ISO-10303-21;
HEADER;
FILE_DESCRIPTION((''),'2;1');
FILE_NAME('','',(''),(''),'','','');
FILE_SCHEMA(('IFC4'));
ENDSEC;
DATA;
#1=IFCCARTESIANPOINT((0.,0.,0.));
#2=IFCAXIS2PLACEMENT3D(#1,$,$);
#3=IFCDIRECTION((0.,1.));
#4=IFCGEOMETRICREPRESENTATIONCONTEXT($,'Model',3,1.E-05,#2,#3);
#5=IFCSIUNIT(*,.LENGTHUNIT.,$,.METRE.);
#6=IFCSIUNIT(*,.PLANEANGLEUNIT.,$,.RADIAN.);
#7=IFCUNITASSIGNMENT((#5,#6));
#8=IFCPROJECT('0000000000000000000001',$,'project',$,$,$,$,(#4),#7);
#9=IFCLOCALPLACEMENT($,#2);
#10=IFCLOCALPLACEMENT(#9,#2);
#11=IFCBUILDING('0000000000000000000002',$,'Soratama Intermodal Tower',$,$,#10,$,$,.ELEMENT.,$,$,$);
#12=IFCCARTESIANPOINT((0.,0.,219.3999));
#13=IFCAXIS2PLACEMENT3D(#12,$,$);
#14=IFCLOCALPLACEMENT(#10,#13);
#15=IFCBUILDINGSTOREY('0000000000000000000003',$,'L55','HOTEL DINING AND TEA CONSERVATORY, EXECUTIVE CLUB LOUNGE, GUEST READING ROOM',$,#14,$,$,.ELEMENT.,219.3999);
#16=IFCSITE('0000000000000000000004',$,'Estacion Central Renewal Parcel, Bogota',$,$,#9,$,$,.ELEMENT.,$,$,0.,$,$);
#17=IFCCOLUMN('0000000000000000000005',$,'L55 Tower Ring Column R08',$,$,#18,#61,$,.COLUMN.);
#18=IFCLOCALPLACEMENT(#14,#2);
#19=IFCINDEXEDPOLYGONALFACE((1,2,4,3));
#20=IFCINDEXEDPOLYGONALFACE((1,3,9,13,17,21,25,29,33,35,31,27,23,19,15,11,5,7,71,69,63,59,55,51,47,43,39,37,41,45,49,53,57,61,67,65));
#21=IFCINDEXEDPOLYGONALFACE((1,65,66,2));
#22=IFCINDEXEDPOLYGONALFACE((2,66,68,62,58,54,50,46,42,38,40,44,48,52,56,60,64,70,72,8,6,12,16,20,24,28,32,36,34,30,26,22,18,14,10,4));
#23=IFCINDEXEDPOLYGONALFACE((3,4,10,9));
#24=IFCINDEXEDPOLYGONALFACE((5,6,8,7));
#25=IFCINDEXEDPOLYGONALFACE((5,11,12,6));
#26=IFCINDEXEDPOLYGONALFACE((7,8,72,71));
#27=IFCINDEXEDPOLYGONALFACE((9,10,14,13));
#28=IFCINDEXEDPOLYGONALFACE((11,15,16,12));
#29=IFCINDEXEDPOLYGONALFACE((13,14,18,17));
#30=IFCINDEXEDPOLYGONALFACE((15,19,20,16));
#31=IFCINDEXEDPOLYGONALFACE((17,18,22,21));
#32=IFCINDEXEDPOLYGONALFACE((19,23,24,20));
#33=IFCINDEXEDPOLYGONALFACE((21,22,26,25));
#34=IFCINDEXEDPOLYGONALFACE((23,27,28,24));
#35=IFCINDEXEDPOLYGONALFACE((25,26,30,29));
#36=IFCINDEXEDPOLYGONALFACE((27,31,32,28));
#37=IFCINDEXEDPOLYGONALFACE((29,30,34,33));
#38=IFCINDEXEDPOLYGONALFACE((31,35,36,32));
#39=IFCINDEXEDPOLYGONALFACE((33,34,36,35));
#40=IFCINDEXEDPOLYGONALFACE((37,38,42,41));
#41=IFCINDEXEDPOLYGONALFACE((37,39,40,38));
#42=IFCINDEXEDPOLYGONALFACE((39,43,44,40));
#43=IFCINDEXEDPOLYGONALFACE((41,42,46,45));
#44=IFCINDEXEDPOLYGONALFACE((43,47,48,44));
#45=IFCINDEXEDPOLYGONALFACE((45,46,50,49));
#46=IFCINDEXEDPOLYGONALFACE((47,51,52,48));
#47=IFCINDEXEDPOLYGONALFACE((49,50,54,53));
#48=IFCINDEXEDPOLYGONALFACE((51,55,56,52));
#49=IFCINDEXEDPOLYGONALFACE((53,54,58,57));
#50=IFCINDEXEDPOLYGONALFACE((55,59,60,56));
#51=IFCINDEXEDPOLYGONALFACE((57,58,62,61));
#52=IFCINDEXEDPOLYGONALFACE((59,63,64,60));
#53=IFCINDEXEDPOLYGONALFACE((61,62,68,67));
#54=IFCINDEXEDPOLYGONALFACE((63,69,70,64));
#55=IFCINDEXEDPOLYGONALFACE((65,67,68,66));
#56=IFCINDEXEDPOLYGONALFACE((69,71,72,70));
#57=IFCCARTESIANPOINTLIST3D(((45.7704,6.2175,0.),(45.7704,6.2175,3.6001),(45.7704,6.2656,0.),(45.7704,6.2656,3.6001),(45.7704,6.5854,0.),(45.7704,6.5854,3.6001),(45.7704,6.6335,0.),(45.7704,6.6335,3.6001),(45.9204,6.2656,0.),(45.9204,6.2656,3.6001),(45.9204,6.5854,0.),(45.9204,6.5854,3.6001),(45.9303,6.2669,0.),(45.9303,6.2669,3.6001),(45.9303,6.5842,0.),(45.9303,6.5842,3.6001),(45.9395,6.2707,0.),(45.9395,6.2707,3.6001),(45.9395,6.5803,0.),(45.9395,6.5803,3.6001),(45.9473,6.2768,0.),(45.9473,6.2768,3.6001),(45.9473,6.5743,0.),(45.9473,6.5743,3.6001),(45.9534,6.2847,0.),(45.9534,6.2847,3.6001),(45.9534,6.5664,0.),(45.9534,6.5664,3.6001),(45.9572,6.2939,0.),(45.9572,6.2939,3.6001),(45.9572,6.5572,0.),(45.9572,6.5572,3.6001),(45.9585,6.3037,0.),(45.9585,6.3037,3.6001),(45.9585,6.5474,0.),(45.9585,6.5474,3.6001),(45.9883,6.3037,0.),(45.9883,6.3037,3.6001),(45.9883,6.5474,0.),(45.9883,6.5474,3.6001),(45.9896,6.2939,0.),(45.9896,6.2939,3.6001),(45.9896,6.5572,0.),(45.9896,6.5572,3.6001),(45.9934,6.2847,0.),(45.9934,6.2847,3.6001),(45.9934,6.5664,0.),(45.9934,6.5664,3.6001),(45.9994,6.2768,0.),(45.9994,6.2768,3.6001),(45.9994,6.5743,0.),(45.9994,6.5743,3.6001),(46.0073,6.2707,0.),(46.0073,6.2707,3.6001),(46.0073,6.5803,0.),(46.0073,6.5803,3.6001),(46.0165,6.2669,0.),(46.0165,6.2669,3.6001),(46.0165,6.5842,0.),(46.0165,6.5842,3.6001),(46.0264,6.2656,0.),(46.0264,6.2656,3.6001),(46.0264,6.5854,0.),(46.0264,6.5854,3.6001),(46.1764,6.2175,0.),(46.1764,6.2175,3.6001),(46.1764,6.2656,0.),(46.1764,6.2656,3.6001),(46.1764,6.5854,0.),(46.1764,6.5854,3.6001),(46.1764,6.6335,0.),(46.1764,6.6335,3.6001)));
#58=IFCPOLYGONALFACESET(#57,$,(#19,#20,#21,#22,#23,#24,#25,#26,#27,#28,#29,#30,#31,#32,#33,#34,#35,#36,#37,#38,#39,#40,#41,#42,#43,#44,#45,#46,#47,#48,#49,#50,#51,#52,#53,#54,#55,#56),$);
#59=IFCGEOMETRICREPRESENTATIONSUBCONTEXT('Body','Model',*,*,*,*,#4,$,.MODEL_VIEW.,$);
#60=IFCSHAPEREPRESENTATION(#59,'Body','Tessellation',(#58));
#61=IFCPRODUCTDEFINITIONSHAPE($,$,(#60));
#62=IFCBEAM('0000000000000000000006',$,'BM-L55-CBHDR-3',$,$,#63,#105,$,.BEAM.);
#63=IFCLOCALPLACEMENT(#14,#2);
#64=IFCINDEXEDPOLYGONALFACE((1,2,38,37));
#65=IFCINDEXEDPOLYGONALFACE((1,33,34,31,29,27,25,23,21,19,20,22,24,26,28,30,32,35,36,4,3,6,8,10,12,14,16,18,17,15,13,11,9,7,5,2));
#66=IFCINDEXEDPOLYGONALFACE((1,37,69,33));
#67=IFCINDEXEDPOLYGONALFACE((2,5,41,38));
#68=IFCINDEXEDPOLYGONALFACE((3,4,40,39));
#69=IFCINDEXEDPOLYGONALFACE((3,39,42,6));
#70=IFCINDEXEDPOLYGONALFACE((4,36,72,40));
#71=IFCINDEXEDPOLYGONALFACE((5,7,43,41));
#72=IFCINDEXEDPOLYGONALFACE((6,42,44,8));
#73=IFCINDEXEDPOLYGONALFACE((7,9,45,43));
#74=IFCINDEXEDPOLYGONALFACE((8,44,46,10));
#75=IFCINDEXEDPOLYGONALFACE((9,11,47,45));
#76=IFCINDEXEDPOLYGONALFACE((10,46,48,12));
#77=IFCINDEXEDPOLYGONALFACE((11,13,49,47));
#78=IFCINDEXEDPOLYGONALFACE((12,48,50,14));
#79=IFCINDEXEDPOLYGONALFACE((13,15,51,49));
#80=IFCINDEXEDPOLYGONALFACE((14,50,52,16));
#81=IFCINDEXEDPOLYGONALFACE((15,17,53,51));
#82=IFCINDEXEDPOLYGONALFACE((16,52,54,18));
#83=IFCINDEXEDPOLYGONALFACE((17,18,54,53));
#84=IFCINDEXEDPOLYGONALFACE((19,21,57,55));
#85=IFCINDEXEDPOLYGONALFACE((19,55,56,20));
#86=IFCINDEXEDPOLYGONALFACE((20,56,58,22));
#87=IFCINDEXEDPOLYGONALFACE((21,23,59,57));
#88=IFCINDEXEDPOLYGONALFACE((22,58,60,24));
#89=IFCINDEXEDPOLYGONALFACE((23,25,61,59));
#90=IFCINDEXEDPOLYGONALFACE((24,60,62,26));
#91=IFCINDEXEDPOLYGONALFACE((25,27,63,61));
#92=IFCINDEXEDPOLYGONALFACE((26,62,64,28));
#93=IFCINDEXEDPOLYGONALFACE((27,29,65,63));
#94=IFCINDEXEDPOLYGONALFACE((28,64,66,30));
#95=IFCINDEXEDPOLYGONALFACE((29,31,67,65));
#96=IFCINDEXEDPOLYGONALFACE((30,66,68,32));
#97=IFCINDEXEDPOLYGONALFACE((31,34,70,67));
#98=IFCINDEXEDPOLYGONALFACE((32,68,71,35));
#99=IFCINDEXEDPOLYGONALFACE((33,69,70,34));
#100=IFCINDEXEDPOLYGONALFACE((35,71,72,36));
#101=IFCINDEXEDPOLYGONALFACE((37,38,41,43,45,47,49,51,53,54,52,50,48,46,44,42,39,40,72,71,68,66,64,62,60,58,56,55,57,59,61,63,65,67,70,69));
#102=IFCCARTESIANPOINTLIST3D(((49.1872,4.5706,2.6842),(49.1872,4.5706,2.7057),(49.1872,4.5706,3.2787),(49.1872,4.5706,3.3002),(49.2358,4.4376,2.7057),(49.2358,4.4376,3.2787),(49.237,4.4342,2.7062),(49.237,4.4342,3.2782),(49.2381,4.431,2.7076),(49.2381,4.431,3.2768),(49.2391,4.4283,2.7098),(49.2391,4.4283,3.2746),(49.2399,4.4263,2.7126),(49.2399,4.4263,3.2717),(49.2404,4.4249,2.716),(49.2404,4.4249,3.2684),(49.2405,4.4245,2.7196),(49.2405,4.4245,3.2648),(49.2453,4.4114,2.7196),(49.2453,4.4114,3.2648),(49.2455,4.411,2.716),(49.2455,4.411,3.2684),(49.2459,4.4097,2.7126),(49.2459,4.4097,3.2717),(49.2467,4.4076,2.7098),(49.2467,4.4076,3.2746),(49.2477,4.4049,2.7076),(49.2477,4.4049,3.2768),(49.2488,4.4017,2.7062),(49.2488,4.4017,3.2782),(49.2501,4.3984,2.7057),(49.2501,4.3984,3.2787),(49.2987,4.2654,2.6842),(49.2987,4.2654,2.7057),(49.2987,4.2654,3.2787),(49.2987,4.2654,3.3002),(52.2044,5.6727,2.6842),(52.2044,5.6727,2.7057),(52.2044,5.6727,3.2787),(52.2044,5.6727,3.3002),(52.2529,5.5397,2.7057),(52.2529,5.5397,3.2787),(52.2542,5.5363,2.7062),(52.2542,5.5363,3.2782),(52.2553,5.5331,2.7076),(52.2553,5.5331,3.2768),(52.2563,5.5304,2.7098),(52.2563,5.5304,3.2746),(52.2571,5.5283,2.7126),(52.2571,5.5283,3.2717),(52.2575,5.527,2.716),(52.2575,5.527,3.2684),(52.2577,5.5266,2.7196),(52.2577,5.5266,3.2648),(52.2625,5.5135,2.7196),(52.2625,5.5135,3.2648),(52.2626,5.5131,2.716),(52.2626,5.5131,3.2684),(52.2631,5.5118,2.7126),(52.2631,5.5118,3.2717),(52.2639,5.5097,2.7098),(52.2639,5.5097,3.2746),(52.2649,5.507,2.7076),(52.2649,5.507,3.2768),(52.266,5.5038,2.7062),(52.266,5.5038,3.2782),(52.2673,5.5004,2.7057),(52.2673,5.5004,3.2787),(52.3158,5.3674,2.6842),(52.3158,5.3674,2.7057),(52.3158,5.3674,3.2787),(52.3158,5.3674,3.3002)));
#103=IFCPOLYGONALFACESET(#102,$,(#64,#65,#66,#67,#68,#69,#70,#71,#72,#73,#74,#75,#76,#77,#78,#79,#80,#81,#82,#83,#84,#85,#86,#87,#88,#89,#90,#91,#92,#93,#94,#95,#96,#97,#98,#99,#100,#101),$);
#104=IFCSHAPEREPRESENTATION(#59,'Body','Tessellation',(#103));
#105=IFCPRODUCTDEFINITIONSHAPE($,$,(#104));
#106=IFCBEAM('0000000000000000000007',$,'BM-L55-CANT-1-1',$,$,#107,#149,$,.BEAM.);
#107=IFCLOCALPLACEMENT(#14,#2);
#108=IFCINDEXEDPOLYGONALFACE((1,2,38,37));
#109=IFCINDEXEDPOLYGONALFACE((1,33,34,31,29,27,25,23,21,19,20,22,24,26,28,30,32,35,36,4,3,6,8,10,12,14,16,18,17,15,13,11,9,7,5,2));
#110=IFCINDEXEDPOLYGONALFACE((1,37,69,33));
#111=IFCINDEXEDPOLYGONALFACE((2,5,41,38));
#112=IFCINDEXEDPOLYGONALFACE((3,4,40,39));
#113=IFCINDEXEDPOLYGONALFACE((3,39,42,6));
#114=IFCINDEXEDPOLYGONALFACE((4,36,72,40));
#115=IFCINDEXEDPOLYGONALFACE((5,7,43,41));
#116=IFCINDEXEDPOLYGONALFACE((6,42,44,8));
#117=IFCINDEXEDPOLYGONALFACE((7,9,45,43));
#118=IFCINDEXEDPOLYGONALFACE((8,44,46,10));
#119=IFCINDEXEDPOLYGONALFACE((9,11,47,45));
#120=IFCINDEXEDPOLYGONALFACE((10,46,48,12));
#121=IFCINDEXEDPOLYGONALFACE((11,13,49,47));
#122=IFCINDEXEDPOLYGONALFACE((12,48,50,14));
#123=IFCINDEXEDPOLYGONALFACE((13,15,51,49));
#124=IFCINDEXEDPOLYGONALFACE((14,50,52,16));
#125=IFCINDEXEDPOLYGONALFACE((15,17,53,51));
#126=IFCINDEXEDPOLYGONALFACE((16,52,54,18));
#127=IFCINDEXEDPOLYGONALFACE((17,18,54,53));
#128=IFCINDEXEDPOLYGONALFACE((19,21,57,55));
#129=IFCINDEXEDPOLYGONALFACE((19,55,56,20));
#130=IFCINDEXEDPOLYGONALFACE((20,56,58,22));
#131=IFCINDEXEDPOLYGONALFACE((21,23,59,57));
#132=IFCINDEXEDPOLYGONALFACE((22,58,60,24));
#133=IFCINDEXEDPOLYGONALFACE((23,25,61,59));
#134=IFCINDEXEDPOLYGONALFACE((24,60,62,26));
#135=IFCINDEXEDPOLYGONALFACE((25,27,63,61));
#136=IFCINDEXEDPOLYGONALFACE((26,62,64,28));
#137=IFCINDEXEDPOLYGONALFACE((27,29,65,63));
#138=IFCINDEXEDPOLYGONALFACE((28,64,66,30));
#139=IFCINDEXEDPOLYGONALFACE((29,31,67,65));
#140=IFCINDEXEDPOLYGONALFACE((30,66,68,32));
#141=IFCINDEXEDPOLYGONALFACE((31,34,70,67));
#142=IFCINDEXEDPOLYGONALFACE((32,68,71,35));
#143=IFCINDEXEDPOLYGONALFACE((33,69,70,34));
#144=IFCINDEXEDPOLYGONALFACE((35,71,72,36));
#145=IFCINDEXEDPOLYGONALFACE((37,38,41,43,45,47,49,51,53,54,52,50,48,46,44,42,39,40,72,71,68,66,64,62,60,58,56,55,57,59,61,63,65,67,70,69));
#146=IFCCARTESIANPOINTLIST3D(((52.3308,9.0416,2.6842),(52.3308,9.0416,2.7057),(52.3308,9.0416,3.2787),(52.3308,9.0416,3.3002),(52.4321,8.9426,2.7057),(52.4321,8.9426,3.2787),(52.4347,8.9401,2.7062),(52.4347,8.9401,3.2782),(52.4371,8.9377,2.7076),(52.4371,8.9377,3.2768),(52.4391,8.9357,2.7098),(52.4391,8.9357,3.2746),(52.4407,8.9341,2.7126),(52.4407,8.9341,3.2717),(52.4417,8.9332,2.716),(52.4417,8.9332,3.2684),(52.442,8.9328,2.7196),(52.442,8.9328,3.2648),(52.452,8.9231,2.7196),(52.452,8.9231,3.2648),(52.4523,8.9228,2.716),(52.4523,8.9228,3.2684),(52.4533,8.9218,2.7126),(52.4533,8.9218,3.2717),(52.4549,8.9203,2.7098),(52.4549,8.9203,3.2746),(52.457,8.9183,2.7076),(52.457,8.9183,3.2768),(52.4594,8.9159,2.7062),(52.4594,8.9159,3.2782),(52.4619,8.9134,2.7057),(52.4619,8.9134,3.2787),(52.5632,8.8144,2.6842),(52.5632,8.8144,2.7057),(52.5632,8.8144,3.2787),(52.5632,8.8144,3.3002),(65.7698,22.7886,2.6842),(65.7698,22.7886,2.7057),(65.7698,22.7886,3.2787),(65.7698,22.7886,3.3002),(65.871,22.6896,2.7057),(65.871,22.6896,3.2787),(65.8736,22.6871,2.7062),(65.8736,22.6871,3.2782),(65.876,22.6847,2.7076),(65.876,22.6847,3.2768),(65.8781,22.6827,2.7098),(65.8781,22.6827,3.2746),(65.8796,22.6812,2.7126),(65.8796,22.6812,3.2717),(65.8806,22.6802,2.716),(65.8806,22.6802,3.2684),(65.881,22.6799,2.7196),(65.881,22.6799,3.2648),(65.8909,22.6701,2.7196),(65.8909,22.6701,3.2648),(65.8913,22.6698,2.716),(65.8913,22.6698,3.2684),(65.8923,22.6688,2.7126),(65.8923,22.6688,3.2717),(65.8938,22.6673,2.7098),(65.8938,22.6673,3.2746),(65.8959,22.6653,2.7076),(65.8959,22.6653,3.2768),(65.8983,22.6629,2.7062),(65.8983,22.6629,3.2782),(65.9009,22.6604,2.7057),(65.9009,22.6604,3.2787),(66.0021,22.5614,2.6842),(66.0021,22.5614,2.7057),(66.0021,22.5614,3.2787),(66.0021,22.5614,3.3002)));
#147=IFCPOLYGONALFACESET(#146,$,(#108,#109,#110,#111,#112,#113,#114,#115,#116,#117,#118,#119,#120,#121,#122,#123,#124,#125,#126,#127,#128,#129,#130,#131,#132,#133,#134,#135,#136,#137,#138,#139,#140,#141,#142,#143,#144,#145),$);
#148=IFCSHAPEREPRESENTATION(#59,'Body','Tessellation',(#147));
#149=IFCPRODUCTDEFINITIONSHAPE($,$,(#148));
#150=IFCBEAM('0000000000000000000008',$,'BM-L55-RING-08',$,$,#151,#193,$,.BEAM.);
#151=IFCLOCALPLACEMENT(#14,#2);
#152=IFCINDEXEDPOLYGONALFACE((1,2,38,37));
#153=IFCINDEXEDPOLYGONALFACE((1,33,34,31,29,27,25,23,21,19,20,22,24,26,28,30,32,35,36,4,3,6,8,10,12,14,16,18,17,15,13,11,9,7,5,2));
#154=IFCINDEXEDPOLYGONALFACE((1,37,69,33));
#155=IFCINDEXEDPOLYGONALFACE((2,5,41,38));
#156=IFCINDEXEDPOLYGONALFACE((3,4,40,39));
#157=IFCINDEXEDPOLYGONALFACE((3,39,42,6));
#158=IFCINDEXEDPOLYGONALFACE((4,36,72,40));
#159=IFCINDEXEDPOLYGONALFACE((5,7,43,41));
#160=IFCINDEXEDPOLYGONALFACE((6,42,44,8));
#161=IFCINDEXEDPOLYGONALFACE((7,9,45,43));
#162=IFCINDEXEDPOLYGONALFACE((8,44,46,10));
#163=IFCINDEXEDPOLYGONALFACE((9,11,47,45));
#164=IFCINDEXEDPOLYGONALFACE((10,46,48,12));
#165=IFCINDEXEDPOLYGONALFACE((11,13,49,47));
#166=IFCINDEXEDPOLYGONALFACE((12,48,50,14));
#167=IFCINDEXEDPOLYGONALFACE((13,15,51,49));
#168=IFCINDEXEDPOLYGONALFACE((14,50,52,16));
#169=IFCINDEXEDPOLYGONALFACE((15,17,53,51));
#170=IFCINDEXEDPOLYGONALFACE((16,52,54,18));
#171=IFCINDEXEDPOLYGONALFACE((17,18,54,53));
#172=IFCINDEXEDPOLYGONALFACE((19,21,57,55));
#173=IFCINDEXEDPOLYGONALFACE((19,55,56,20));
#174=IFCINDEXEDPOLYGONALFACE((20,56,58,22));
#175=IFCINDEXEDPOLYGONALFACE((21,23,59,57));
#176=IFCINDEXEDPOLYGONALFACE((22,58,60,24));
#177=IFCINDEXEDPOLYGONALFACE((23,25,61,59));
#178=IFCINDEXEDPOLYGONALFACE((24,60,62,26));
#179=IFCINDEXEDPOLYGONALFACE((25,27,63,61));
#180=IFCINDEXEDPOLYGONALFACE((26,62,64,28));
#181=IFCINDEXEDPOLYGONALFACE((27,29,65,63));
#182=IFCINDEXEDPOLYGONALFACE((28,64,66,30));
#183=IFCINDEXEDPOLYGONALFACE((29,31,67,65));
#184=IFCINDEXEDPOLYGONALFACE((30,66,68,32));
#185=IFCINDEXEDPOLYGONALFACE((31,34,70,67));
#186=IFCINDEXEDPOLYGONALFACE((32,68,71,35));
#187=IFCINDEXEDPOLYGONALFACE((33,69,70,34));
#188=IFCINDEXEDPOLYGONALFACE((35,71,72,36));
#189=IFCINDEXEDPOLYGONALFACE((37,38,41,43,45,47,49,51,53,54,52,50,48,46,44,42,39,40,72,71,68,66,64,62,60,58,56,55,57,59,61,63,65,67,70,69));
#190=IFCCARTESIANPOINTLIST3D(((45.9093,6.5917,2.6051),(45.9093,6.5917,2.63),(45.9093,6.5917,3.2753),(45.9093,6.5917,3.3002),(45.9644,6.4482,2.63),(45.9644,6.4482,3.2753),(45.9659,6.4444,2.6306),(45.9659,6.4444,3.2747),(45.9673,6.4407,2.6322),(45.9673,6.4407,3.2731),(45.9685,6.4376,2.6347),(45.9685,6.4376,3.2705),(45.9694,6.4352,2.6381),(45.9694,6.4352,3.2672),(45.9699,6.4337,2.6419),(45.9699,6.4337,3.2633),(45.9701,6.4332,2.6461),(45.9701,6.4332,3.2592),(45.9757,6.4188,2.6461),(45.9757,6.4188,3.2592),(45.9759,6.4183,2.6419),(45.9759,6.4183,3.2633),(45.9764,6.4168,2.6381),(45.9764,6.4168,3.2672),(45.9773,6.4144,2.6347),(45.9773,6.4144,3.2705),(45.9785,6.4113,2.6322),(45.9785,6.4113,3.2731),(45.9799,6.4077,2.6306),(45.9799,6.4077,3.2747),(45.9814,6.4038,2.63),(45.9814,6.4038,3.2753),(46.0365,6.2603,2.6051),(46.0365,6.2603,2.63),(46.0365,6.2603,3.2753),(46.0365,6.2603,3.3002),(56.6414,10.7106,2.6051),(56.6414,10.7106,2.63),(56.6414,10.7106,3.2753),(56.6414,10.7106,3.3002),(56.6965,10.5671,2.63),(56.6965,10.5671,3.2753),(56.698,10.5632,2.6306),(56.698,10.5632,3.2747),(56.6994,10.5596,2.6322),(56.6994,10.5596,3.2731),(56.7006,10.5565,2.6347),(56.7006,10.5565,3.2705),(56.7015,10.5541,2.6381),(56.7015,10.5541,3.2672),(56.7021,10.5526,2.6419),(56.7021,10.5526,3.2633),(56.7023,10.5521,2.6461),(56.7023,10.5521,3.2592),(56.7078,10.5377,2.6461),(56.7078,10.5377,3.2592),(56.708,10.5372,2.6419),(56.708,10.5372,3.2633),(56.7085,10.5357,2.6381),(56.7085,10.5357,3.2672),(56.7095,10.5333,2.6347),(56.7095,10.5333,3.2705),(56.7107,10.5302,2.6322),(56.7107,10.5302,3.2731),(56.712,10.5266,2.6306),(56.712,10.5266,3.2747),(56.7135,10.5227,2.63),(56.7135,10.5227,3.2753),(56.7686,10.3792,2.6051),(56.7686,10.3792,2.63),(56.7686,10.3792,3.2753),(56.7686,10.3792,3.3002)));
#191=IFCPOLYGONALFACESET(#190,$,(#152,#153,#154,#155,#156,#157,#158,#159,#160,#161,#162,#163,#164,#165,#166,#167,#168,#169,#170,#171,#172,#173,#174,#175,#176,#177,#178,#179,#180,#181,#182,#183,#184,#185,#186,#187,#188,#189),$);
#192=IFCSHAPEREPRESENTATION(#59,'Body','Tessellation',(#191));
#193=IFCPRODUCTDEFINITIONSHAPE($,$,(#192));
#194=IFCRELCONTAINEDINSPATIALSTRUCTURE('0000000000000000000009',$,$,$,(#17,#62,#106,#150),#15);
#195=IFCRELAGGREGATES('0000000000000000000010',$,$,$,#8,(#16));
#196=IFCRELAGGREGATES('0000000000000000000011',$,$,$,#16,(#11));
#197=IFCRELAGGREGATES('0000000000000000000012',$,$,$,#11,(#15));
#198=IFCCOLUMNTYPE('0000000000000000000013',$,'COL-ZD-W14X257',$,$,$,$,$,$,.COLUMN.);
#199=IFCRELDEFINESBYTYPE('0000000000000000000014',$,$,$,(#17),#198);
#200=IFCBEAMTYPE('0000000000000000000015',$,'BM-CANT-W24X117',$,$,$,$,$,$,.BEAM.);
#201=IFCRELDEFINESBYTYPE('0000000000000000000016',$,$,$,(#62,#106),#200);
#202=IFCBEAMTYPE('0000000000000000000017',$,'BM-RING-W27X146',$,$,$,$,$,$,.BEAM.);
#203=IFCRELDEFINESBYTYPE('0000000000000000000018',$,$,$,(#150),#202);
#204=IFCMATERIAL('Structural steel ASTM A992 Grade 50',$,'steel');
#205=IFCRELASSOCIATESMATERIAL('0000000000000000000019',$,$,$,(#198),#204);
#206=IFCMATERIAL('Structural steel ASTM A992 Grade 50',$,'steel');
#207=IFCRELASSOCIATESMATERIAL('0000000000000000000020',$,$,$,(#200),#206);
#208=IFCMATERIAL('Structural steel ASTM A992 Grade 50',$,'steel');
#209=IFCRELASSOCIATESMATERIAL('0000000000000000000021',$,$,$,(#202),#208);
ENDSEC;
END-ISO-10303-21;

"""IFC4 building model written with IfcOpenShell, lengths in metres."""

from ifc_helpers import new_model, si_unit, direction, frame, origin, origin_2d, place, context, subcontext, project, spatial, i_section, extrude, material, material_profile, profile_set, type_object, element, save


model = new_model("IFC4")

# Units and contexts
model_context = context("Model", 3, precision=1e-05, world=origin(), true_north=direction((0.0, 1.0)))
body_context = subcontext(model_context, "Body", "Model", "MODEL_VIEW")
ifc_project = project(units=[si_unit("LENGTHUNIT", "METRE"), si_unit("PLANEANGLEUNIT", "RADIAN")], contexts=[model_context])

# Site, building, storey
site_placement = place(None, origin())
site = spatial("IfcSite", under=ifc_project, at=site_placement, Name="Estacion Central Renewal Parcel, Bogota", CompositionType="ELEMENT", RefElevation=0.0)
building_placement = place(site_placement, origin())
building = spatial("IfcBuilding", under=site, at=building_placement, Name="Soratama Intermodal Tower", CompositionType="ELEMENT")
storey_placement = place(building_placement, frame((0.0, 0.0, 219.3999)))
storey = spatial("IfcBuildingStorey", under=building, at=storey_placement, Name="L55", Description="HOTEL DINING AND TEA CONSERVATORY, EXECUTIVE CLUB LOUNGE, GUEST READING ROOM", CompositionType="ELEMENT", Elevation=219.3999)

# Column
ifc_material_1 = material(Name="Structural steel ASTM A992 Grade 50", Category="steel")
ifc_material_profile_1 = material_profile(ifc_material_1, i_section(OverallWidth=0.406, OverallDepth=0.416, WebThickness=0.0298, FlangeThickness=0.0481, FilletRadius=0.0381, at=origin_2d()), Name="W14X257")
ifc_profile_set_1 = profile_set([ifc_material_profile_1], Name="Structural steel ASTM A992 Grade 50")
column_type = type_object("IfcColumnType", Name="COL-ZD-W14X257", PredefinedType="COLUMN", material=ifc_profile_set_1)
column_placement = place(storey_placement, frame((45.9734, 6.4255, 0.0), z_axis=(0.0, 0.0, 1.0), x_axis=(1.0, 0.0, 0.0)))
element("IfcColumn", 1, at=column_placement, inside=storey, type_object=column_type, Name="L55 Tower Ring Column R08", PredefinedType="COLUMN", context=body_context, shape_type="SweptSolid", body=[
    extrude(i_section(OverallWidth=0.406, OverallDepth=0.416, WebThickness=0.0298, FlangeThickness=0.0481, FilletRadius=0.0381, at=origin_2d()), origin(), (0.0, 0.0, 1.0), 3.6001),
])

# Beams
ifc_material_2 = material(Name="Structural steel ASTM A992 Grade 50", Category="steel")
ifc_material_profile_2 = material_profile(ifc_material_2, i_section(OverallWidth=0.325, OverallDepth=0.616, WebThickness=0.0139, FlangeThickness=0.0215, FilletRadius=0.0139, at=origin_2d()), Name="W24X117")
ifc_profile_set_2 = profile_set([ifc_material_profile_2], Name="Structural steel ASTM A992 Grade 50")
beam_type_1 = type_object("IfcBeamType", Name="BM-CANT-W24X117", PredefinedType="BEAM", material=ifc_profile_set_2)
beam_1_placement = place(storey_placement, frame((49.2429, 4.418, 2.9922), z_axis=(0.9393, 0.343098, 0.0), x_axis=(-0.343098, 0.9393, 0.0)))
element("IfcBeam", 2, at=beam_1_placement, inside=storey, type_object=beam_type_1, Name="BM-L55-CBHDR-3", PredefinedType="BEAM", context=body_context, shape_type="SweptSolid", body=[
    extrude(i_section(OverallWidth=0.325, OverallDepth=0.616, WebThickness=0.0139, FlangeThickness=0.0215, FilletRadius=0.0139, at=origin_2d()), origin(), (0.0, 0.0, 1.0), 3.2122),
])
beam_2_placement = place(storey_placement, frame((52.447, 8.928, 2.9922), z_axis=(0.699048, 0.715075, 0.0), x_axis=(-0.715075, 0.699048, 0.0)))
element("IfcBeam", 3, at=beam_2_placement, inside=storey, type_object=beam_type_1, Name="BM-L55-CANT-1-1", PredefinedType="BEAM", context=body_context, shape_type="SweptSolid", body=[
    extrude(i_section(OverallWidth=0.325, OverallDepth=0.616, WebThickness=0.0139, FlangeThickness=0.0215, FilletRadius=0.0139, at=origin_2d()), origin(), (0.0, 0.0, 1.0), 19.2246),
])
ifc_material_3 = material(Name="Structural steel ASTM A992 Grade 50", Category="steel")
ifc_material_profile_3 = material_profile(ifc_material_3, i_section(OverallWidth=0.355, OverallDepth=0.6951, WebThickness=0.0154, FlangeThickness=0.0249, FilletRadius=0.0161, at=origin_2d()), Name="W27X146")
ifc_profile_set_3 = profile_set([ifc_material_profile_3], Name="Structural steel ASTM A992 Grade 50")
beam_type_2 = type_object("IfcBeamType", Name="BM-RING-W27X146", PredefinedType="BEAM", material=ifc_profile_set_3)
beam_3_placement = place(storey_placement, frame((45.9729, 6.426, 2.9526), z_axis=(0.933604, 0.358307, 0.0), x_axis=(-0.358307, 0.933604, 0.0)))
element("IfcBeam", 4, at=beam_3_placement, inside=storey, type_object=beam_type_2, Name="BM-L55-RING-08", PredefinedType="BEAM", context=body_context, shape_type="SweptSolid", body=[
    extrude(i_section(OverallWidth=0.355, OverallDepth=0.6951, WebThickness=0.0154, FlangeThickness=0.0249, FilletRadius=0.0161, at=origin_2d()), origin(), (0.0, 0.0, 1.0), 11.4954),
])

save(model, "model.ifc")
